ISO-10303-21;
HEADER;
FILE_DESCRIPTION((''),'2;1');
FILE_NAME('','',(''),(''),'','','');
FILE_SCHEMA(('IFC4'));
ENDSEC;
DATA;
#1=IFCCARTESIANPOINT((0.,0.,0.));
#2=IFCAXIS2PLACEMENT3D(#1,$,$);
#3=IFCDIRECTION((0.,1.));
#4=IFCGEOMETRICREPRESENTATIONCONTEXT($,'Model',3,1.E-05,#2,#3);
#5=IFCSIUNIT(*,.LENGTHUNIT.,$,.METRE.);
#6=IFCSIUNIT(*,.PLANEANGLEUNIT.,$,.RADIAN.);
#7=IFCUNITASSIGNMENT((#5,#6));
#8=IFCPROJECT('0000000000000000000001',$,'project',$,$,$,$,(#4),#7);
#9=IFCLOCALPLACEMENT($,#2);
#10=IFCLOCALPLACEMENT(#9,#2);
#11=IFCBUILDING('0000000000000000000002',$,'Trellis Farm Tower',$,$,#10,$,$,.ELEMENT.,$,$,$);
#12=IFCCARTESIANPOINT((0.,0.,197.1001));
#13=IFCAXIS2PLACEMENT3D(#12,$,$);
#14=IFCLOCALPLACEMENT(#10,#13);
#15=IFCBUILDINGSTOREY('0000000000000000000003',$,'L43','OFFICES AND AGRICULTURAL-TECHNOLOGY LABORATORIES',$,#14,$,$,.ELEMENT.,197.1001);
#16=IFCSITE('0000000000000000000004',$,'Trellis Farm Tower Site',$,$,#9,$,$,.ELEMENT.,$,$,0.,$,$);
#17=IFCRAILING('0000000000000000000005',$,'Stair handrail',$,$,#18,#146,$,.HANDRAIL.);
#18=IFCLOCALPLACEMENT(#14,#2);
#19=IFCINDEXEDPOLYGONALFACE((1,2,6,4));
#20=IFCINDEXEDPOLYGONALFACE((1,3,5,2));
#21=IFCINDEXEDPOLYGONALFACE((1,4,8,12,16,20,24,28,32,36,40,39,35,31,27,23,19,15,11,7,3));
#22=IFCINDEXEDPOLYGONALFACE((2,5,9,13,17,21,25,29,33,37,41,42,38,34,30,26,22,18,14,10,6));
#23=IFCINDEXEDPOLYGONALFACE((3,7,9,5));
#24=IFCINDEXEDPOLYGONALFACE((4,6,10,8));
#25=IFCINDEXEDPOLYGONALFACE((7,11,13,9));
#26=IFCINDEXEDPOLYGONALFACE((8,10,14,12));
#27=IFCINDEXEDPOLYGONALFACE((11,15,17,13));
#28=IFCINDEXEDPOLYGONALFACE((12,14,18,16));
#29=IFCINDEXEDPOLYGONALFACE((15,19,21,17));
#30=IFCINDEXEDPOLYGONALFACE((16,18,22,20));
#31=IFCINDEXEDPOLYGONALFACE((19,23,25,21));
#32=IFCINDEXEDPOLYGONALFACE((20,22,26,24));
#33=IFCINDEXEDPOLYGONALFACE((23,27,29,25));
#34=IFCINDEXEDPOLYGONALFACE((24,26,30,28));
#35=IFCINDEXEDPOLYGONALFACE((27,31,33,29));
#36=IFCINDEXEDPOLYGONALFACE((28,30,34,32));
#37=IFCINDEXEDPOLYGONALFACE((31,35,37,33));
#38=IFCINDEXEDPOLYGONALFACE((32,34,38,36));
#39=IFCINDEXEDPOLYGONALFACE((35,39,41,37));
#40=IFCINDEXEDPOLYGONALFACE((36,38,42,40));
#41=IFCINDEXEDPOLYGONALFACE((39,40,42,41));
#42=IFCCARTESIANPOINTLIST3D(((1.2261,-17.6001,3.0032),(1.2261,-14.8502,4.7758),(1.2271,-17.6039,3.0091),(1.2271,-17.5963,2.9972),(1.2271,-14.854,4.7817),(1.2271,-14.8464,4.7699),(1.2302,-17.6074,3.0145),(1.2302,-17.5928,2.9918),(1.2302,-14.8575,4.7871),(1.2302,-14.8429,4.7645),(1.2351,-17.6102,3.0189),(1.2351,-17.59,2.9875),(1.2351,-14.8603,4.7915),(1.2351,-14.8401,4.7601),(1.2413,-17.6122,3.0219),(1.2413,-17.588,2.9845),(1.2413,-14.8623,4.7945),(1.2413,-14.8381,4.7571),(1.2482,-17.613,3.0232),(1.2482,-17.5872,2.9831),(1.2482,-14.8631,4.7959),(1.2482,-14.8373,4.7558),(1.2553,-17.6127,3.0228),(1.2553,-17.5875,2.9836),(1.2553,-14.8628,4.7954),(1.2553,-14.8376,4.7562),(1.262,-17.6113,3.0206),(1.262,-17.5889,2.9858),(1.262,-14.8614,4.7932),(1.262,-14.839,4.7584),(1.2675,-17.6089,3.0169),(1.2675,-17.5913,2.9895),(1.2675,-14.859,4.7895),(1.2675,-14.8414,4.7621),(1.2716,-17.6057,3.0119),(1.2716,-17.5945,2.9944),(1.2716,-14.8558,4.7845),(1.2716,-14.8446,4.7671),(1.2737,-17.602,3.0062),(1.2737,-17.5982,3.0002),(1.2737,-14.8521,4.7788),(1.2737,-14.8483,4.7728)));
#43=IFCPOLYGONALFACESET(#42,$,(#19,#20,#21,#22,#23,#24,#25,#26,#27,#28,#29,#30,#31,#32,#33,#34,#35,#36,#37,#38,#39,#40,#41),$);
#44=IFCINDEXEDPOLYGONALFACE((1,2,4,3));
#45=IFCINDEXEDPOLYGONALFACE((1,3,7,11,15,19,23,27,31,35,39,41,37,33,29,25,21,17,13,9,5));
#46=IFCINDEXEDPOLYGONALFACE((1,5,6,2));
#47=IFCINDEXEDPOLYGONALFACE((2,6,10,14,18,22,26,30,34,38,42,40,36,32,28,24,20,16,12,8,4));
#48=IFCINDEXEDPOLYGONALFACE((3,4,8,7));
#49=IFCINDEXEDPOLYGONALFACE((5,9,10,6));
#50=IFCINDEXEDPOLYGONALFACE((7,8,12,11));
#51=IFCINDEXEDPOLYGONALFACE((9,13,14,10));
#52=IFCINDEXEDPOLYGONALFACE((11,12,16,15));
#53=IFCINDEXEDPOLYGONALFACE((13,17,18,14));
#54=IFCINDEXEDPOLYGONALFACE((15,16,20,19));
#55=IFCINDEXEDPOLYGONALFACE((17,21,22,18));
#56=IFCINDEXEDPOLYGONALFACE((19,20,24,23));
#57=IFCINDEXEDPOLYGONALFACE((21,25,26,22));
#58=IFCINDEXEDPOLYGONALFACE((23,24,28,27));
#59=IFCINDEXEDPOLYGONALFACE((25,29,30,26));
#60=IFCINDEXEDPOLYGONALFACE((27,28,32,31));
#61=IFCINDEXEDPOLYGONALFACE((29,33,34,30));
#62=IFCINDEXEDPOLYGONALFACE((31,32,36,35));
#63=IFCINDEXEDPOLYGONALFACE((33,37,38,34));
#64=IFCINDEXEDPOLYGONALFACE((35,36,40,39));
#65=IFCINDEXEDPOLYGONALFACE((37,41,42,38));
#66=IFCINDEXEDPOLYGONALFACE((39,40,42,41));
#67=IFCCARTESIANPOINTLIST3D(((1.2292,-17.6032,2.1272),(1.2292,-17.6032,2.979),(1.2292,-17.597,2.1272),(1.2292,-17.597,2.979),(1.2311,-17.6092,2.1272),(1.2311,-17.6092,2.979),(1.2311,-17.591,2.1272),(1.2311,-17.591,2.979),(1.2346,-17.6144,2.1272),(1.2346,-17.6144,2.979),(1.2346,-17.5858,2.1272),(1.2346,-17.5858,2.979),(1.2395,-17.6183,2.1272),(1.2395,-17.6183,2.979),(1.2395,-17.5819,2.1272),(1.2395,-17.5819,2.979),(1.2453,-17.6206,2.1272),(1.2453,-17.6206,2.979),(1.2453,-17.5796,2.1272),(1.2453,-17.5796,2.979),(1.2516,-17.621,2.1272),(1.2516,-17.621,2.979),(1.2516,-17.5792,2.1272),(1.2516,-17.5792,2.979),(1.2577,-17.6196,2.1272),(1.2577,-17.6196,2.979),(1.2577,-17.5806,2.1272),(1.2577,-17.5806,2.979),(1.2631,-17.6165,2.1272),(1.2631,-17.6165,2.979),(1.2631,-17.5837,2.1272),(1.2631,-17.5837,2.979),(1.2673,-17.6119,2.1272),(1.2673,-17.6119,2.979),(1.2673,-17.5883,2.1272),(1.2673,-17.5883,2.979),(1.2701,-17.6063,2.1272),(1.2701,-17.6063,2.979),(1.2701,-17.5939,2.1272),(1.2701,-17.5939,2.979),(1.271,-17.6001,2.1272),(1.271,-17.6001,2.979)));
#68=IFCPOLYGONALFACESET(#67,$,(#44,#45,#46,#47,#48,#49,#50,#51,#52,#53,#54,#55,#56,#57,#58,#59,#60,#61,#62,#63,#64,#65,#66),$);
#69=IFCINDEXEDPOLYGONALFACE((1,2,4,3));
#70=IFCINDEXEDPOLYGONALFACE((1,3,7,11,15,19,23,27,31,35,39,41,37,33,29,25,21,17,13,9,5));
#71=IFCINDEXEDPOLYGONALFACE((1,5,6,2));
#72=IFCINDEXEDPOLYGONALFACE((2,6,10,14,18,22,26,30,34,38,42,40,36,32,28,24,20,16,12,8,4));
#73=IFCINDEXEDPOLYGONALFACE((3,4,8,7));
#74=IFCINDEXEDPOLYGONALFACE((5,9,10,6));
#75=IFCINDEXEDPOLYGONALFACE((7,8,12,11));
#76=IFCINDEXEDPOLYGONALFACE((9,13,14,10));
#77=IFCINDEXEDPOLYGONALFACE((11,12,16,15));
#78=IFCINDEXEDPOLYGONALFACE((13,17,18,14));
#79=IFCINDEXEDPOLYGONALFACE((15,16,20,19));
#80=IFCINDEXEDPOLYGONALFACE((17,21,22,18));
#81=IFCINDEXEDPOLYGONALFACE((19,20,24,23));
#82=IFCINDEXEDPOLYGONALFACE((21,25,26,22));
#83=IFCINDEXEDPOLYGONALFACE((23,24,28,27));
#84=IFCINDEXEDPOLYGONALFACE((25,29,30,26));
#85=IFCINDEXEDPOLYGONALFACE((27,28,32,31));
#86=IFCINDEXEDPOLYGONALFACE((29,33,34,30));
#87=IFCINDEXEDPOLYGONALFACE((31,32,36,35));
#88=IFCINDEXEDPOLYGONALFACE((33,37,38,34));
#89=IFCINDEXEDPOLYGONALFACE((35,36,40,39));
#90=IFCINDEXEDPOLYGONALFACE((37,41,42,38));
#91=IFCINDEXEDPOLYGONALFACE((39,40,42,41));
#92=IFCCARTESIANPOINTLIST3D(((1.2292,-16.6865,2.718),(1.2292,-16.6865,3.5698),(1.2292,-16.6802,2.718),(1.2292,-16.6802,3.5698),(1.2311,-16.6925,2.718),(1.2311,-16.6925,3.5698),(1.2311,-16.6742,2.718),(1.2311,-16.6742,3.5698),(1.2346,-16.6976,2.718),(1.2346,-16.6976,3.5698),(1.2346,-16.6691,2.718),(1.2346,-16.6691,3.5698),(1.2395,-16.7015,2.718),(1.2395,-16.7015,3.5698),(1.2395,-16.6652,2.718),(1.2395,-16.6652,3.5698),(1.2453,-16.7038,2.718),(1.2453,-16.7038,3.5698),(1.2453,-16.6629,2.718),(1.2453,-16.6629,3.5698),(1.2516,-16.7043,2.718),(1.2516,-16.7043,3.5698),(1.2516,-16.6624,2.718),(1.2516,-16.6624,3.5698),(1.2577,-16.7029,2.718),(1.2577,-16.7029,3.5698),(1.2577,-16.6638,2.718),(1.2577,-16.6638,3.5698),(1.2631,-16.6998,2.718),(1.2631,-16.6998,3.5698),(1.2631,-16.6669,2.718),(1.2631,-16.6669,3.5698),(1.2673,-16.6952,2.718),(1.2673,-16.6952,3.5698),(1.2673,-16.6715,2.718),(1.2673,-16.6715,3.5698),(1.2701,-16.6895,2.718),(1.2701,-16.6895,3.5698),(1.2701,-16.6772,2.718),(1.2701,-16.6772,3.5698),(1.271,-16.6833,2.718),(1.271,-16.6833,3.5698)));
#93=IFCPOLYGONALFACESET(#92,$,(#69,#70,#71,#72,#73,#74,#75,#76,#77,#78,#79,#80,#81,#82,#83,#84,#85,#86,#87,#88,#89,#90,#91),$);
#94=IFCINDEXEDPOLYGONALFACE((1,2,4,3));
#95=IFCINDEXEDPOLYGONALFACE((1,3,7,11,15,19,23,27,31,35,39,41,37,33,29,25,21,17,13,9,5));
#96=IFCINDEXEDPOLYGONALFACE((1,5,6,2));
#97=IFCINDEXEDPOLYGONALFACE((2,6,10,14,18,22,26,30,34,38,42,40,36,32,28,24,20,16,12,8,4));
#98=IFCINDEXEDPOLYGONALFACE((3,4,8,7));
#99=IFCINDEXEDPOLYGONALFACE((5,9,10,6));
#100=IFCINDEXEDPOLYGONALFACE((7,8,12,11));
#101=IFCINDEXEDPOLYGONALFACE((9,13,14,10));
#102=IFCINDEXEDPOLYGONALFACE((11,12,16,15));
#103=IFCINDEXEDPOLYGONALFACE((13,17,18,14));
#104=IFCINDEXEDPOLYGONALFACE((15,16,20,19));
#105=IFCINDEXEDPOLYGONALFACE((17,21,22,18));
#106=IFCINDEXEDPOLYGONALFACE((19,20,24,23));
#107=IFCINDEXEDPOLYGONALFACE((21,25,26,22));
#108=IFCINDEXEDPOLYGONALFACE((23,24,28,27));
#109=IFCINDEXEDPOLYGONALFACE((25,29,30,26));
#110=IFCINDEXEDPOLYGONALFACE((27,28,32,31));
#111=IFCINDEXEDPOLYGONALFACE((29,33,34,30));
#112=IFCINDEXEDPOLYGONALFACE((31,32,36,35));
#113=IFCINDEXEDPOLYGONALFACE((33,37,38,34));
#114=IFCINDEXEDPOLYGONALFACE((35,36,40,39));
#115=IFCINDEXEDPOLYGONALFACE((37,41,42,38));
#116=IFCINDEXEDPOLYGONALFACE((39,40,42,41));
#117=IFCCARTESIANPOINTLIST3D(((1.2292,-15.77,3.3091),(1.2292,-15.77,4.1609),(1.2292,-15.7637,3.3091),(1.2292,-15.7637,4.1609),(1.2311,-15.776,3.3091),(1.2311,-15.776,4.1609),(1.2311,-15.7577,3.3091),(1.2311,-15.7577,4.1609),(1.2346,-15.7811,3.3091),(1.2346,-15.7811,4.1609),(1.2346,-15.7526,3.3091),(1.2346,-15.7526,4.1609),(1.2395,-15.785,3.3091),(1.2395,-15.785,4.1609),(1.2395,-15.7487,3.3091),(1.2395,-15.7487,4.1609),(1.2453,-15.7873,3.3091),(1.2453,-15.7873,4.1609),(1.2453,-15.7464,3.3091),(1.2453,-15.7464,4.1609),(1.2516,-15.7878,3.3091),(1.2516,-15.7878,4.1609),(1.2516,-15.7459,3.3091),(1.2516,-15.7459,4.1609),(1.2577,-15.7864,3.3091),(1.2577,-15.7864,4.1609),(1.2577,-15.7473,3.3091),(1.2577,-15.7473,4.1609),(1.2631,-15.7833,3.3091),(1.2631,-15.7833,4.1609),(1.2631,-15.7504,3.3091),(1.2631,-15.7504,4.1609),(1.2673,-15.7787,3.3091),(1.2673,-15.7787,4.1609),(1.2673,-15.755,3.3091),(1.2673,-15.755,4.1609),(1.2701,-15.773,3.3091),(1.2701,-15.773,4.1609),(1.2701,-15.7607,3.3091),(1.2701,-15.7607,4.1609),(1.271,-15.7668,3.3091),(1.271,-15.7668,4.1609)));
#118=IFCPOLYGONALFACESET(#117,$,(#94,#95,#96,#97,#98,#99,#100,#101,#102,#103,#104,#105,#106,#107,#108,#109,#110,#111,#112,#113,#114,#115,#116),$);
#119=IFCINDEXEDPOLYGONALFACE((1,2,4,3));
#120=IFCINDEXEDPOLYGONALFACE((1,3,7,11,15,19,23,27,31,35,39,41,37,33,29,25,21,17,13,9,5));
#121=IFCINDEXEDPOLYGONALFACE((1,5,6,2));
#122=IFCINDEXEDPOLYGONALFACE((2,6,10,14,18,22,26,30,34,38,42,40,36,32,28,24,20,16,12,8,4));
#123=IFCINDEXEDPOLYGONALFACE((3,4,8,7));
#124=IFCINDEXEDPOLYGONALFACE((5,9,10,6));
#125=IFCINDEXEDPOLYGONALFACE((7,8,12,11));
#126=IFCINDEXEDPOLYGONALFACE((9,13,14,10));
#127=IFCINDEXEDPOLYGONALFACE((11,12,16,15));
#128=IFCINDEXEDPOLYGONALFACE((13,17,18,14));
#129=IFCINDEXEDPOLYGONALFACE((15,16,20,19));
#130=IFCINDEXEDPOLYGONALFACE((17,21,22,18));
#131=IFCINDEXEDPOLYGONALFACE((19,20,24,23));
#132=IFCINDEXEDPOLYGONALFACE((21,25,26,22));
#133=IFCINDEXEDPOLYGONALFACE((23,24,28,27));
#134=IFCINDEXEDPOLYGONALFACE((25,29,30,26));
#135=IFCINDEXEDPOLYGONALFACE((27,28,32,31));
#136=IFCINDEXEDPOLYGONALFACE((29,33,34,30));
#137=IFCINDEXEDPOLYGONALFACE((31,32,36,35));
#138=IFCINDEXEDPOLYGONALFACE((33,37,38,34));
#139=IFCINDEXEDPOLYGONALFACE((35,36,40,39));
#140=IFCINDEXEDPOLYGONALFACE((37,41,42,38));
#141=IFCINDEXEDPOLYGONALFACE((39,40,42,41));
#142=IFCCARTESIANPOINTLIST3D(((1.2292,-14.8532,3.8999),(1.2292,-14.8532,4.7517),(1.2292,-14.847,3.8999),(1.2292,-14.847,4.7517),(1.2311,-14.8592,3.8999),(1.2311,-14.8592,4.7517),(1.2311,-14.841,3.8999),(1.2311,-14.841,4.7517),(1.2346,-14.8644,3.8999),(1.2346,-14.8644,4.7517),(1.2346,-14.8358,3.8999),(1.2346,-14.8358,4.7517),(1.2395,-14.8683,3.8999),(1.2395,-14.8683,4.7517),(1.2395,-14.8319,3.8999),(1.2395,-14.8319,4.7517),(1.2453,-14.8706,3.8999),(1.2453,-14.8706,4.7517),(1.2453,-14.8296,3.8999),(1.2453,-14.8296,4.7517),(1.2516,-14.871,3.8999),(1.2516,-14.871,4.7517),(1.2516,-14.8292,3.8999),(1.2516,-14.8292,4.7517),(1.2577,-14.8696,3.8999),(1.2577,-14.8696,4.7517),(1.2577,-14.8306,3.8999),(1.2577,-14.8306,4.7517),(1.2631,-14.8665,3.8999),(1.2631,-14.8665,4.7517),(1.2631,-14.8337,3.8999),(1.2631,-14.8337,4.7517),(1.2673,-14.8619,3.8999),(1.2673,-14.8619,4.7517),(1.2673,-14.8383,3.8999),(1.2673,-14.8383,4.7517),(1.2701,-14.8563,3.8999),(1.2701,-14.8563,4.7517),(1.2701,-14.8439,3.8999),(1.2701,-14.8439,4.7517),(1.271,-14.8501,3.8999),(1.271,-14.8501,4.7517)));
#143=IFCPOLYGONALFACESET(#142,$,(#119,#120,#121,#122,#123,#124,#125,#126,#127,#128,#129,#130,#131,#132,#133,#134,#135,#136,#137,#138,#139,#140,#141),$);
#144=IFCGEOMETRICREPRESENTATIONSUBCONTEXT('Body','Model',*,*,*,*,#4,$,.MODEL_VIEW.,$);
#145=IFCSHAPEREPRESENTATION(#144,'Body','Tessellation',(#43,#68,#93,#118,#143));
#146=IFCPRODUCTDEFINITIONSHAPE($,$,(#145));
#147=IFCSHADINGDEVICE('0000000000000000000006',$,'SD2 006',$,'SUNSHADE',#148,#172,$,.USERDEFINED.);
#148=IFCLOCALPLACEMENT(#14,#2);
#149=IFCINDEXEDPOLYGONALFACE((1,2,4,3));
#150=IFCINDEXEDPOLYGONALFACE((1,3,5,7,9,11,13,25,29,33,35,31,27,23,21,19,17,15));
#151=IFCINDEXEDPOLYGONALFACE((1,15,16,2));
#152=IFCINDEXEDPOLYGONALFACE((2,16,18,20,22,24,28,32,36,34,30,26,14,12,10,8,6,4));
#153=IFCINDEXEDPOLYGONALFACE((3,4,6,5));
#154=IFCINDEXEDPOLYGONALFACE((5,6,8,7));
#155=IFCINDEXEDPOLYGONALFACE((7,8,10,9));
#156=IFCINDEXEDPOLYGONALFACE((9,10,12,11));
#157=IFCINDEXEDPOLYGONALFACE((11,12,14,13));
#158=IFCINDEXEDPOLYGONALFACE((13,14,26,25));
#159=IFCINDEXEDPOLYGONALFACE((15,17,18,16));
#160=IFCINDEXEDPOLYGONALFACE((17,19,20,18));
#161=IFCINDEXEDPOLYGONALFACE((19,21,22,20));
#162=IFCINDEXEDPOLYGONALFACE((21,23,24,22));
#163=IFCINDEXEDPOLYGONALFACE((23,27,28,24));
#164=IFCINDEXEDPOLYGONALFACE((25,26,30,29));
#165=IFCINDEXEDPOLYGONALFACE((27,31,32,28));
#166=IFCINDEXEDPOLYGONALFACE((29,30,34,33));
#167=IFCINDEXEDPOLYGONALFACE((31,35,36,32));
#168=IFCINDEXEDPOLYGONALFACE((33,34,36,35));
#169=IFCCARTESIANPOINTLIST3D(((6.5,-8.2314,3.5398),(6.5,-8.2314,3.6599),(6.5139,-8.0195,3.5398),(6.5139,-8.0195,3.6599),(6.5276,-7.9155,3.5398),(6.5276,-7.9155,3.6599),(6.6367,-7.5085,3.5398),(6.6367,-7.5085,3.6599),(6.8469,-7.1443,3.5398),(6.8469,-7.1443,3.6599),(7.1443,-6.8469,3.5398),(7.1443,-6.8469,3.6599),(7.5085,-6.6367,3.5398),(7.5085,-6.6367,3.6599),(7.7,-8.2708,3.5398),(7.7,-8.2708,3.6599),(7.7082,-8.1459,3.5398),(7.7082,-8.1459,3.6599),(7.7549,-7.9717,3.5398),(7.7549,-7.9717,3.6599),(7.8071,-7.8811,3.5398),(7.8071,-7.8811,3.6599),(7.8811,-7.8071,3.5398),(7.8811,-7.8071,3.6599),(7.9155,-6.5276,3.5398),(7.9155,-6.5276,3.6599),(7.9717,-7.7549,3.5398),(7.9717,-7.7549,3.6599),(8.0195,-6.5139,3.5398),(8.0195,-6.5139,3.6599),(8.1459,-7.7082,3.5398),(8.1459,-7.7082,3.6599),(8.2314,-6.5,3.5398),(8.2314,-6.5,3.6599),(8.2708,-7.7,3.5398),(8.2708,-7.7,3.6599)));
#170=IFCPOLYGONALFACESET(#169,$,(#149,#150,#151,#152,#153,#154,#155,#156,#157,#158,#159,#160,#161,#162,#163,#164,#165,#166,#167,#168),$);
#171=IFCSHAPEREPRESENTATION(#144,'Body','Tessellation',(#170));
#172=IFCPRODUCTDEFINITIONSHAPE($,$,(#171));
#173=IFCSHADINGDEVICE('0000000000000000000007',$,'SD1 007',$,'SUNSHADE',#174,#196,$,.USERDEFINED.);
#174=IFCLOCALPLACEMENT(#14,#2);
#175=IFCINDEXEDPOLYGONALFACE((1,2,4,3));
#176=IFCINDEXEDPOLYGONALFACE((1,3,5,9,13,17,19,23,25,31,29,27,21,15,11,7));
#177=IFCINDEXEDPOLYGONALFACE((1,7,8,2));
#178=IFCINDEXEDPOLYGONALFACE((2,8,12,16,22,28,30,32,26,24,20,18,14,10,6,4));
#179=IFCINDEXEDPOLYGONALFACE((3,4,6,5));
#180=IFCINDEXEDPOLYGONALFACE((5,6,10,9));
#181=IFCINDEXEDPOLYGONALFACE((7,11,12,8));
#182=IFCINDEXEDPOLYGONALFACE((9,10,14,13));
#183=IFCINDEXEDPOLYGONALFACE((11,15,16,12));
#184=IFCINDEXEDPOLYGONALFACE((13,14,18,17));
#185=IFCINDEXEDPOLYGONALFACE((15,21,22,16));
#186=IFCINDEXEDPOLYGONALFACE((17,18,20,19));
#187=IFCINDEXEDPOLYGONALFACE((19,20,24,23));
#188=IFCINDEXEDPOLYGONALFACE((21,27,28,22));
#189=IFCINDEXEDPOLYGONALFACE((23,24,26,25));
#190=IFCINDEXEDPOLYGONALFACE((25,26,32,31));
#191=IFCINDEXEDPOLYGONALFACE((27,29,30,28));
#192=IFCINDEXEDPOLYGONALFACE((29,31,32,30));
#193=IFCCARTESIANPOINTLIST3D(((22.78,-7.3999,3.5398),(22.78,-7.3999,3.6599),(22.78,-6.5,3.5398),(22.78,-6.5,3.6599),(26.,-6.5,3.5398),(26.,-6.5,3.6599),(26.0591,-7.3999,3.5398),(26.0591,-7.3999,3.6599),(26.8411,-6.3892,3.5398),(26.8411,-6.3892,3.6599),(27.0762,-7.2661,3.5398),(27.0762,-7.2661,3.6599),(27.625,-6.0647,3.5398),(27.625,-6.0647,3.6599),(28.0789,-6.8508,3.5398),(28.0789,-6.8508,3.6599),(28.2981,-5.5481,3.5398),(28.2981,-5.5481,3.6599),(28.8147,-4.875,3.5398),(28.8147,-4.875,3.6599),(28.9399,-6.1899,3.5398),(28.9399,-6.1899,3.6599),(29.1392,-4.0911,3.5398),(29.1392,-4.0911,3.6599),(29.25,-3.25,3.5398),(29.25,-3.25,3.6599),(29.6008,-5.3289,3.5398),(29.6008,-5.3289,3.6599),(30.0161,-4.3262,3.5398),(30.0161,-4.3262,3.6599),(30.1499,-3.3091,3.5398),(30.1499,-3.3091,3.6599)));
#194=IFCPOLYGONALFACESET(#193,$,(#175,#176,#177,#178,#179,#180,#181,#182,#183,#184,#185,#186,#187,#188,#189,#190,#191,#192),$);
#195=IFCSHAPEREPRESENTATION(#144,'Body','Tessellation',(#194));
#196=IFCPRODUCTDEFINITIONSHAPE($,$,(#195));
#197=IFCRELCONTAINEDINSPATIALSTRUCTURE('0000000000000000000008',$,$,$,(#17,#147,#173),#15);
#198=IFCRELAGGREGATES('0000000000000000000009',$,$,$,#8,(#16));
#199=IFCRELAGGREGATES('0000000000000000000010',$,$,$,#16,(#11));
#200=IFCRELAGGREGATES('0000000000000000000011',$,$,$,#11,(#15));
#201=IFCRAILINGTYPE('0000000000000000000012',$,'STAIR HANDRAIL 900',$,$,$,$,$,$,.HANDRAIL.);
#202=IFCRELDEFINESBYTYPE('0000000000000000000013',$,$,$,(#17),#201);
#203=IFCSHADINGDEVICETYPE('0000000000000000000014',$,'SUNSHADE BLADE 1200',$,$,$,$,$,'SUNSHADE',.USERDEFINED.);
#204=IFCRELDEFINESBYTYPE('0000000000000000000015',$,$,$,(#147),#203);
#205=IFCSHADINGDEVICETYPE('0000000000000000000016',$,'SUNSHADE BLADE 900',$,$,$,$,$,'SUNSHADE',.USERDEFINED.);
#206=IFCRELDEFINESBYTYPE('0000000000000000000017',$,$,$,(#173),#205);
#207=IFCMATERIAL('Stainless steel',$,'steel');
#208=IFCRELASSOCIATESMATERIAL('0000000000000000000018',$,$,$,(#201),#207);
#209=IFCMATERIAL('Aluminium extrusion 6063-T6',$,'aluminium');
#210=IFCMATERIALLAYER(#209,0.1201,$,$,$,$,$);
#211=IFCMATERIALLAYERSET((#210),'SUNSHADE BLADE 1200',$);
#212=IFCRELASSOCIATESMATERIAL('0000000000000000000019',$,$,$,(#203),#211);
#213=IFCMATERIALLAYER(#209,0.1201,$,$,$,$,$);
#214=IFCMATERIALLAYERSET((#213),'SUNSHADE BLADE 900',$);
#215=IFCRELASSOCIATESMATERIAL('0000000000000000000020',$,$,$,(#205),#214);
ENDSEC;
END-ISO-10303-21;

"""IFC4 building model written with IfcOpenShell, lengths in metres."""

from ifc_helpers import new_model, si_unit, direction, frame, origin, origin_2d, place, context, subcontext, project, spatial, polyline, circle, outline, extrude, source, transform, mapped, material, layer, layer_set, type_object, element, save


model = new_model("IFC4")

# Units and contexts
model_context = context("Model", 3, precision=1e-05, world=origin(), true_north=direction((0.0, 1.0)))
body_context = subcontext(model_context, "Body", "Model", "MODEL_VIEW")
ifc_project = project(units=[si_unit("LENGTHUNIT", "METRE"), si_unit("PLANEANGLEUNIT", "RADIAN")], contexts=[model_context])

# Site, building, storey
site_placement = place(None, origin())
site = spatial("IfcSite", under=ifc_project, at=site_placement, Name="Trellis Farm Tower Site", CompositionType="ELEMENT", RefElevation=0.0)
building_placement = place(site_placement, origin())
building = spatial("IfcBuilding", under=site, at=building_placement, Name="Trellis Farm Tower", CompositionType="ELEMENT")
storey_placement = place(building_placement, frame((0.0, 0.0, 197.1001)))
storey = spatial("IfcBuildingStorey", under=building, at=storey_placement, Name="L43", Description="OFFICES AND AGRICULTURAL-TECHNOLOGY LABORATORIES", CompositionType="ELEMENT", Elevation=197.1001)

# Shared definitions
ifc_material_1 = material(Name="Aluminium extrusion 6063-T6", Category="aluminium")

# Railing
ifc_material_2 = material(Name="Stainless steel", Category="steel")
railing_type = type_object("IfcRailingType", Name="STAIR HANDRAIL 900", PredefinedType="HANDRAIL", material=ifc_material_2)
shared_shape_1 = source(origin(), body_context, "Body", "SweptSolid", [
    extrude(circle(Radius=0.0239, at=origin_2d()), frame((0.0, 0.0, 0.876), z_axis=(0.0, 0.840504, 0.541806), x_axis=(-1.0, 0.0, 0.0)), (0.0, 0.0, 1.0), 3.2717),
    extrude(circle(Radius=0.021, at=origin_2d()), origin(), (0.0, 0.0, 1.0), 0.8518),
    extrude(circle(Radius=0.021, at=origin_2d()), frame((0.0, 0.9167, 0.5908)), (0.0, 0.0, 1.0), 0.8518),
    extrude(circle(Radius=0.021, at=origin_2d()), frame((0.0, 1.8333, 1.1819)), (0.0, 0.0, 1.0), 0.8518),
    extrude(circle(Radius=0.021, at=origin_2d()), frame((0.0, 2.75, 1.7727)), (0.0, 0.0, 1.0), 0.8518),
])
railing_placement = place(storey_placement, frame((1.25, -17.6001, 2.1272)))
element("IfcRailing", 1, at=railing_placement, inside=storey, type_object=railing_type, Name="Stair handrail", PredefinedType="HANDRAIL", context=body_context, shape_type="MappedRepresentation", body=[
    mapped(shared_shape_1, transform((0.0, 0.0, 0.0))),
])

# Shading devices
ifc_layer_1 = layer(ifc_material_1, 0.1201)
ifc_layer_set_1 = layer_set([ifc_layer_1], Name="SUNSHADE BLADE 1200")
shading_device_type_1 = type_object("IfcShadingDeviceType", Name="SUNSHADE BLADE 1200", ElementType="SUNSHADE", PredefinedType="USERDEFINED", material=ifc_layer_set_1)
shared_shape_2 = source(origin(), body_context, "Body", "SweptSolid", [
    extrude(outline(polyline([(7.7, -8.2708), (7.7087, -8.1372), (7.707, -8.1501), (7.7549, -7.9717), (7.8071, -7.8811), (7.8811, -7.8071), (7.9717, -7.7549), (8.1501, -7.707), (8.1372, -7.7087), (8.2708, -7.7), (8.2314, -6.5), (8.0195, -6.5139), (7.9155, -6.5276), (7.5085, -6.6367), (7.1443, -6.8469), (6.8469, -7.1443), (6.6367, -7.5085), (6.5276, -7.9155), (6.5139, -8.0195), (6.5, -8.2314), (7.7, -8.2708)])), origin(), (0.0, 0.0, 1.0), 0.1201),
])
placement_1 = place(storey_placement, frame((0.0, 0.0, 3.5398)))
element("IfcShadingDevice", 2, at=placement_1, inside=storey, type_object=shading_device_type_1, Name="SD2 006", ObjectType="SUNSHADE", PredefinedType="USERDEFINED", context=body_context, shape_type="MappedRepresentation", body=[
    mapped(shared_shape_2, transform((0.0, 0.0, 0.0))),
])
ifc_layer_2 = layer(ifc_material_1, 0.1201)
ifc_layer_set_2 = layer_set([ifc_layer_2], Name="SUNSHADE BLADE 900")
shading_device_type_2 = type_object("IfcShadingDeviceType", Name="SUNSHADE BLADE 900", ElementType="SUNSHADE", PredefinedType="USERDEFINED", material=ifc_layer_set_2)
shared_shape_3 = source(origin(), body_context, "Body", "SweptSolid", [
    extrude(outline(polyline([(22.78, -7.3999), (26.0591, -7.3999), (27.0762, -7.2661), (28.0789, -6.8508), (28.9399, -6.1899), (29.6008, -5.3289), (30.0161, -4.3262), (30.1499, -3.3091), (29.25, -3.25), (29.1392, -4.0911), (28.8147, -4.875), (28.2981, -5.5481), (27.625, -6.0647), (26.8411, -6.3892), (26.0, -6.5), (22.78, -6.5), (22.78, -7.3999)])), origin(), (0.0, 0.0, 1.0), 0.1201),
])
element("IfcShadingDevice", 3, at=placement_1, inside=storey, type_object=shading_device_type_2, Name="SD1 007", ObjectType="SUNSHADE", PredefinedType="USERDEFINED", context=body_context, shape_type="MappedRepresentation", body=[
    mapped(shared_shape_3, transform((0.0, 0.0, 0.0))),
])

save(model, "model.ifc")
